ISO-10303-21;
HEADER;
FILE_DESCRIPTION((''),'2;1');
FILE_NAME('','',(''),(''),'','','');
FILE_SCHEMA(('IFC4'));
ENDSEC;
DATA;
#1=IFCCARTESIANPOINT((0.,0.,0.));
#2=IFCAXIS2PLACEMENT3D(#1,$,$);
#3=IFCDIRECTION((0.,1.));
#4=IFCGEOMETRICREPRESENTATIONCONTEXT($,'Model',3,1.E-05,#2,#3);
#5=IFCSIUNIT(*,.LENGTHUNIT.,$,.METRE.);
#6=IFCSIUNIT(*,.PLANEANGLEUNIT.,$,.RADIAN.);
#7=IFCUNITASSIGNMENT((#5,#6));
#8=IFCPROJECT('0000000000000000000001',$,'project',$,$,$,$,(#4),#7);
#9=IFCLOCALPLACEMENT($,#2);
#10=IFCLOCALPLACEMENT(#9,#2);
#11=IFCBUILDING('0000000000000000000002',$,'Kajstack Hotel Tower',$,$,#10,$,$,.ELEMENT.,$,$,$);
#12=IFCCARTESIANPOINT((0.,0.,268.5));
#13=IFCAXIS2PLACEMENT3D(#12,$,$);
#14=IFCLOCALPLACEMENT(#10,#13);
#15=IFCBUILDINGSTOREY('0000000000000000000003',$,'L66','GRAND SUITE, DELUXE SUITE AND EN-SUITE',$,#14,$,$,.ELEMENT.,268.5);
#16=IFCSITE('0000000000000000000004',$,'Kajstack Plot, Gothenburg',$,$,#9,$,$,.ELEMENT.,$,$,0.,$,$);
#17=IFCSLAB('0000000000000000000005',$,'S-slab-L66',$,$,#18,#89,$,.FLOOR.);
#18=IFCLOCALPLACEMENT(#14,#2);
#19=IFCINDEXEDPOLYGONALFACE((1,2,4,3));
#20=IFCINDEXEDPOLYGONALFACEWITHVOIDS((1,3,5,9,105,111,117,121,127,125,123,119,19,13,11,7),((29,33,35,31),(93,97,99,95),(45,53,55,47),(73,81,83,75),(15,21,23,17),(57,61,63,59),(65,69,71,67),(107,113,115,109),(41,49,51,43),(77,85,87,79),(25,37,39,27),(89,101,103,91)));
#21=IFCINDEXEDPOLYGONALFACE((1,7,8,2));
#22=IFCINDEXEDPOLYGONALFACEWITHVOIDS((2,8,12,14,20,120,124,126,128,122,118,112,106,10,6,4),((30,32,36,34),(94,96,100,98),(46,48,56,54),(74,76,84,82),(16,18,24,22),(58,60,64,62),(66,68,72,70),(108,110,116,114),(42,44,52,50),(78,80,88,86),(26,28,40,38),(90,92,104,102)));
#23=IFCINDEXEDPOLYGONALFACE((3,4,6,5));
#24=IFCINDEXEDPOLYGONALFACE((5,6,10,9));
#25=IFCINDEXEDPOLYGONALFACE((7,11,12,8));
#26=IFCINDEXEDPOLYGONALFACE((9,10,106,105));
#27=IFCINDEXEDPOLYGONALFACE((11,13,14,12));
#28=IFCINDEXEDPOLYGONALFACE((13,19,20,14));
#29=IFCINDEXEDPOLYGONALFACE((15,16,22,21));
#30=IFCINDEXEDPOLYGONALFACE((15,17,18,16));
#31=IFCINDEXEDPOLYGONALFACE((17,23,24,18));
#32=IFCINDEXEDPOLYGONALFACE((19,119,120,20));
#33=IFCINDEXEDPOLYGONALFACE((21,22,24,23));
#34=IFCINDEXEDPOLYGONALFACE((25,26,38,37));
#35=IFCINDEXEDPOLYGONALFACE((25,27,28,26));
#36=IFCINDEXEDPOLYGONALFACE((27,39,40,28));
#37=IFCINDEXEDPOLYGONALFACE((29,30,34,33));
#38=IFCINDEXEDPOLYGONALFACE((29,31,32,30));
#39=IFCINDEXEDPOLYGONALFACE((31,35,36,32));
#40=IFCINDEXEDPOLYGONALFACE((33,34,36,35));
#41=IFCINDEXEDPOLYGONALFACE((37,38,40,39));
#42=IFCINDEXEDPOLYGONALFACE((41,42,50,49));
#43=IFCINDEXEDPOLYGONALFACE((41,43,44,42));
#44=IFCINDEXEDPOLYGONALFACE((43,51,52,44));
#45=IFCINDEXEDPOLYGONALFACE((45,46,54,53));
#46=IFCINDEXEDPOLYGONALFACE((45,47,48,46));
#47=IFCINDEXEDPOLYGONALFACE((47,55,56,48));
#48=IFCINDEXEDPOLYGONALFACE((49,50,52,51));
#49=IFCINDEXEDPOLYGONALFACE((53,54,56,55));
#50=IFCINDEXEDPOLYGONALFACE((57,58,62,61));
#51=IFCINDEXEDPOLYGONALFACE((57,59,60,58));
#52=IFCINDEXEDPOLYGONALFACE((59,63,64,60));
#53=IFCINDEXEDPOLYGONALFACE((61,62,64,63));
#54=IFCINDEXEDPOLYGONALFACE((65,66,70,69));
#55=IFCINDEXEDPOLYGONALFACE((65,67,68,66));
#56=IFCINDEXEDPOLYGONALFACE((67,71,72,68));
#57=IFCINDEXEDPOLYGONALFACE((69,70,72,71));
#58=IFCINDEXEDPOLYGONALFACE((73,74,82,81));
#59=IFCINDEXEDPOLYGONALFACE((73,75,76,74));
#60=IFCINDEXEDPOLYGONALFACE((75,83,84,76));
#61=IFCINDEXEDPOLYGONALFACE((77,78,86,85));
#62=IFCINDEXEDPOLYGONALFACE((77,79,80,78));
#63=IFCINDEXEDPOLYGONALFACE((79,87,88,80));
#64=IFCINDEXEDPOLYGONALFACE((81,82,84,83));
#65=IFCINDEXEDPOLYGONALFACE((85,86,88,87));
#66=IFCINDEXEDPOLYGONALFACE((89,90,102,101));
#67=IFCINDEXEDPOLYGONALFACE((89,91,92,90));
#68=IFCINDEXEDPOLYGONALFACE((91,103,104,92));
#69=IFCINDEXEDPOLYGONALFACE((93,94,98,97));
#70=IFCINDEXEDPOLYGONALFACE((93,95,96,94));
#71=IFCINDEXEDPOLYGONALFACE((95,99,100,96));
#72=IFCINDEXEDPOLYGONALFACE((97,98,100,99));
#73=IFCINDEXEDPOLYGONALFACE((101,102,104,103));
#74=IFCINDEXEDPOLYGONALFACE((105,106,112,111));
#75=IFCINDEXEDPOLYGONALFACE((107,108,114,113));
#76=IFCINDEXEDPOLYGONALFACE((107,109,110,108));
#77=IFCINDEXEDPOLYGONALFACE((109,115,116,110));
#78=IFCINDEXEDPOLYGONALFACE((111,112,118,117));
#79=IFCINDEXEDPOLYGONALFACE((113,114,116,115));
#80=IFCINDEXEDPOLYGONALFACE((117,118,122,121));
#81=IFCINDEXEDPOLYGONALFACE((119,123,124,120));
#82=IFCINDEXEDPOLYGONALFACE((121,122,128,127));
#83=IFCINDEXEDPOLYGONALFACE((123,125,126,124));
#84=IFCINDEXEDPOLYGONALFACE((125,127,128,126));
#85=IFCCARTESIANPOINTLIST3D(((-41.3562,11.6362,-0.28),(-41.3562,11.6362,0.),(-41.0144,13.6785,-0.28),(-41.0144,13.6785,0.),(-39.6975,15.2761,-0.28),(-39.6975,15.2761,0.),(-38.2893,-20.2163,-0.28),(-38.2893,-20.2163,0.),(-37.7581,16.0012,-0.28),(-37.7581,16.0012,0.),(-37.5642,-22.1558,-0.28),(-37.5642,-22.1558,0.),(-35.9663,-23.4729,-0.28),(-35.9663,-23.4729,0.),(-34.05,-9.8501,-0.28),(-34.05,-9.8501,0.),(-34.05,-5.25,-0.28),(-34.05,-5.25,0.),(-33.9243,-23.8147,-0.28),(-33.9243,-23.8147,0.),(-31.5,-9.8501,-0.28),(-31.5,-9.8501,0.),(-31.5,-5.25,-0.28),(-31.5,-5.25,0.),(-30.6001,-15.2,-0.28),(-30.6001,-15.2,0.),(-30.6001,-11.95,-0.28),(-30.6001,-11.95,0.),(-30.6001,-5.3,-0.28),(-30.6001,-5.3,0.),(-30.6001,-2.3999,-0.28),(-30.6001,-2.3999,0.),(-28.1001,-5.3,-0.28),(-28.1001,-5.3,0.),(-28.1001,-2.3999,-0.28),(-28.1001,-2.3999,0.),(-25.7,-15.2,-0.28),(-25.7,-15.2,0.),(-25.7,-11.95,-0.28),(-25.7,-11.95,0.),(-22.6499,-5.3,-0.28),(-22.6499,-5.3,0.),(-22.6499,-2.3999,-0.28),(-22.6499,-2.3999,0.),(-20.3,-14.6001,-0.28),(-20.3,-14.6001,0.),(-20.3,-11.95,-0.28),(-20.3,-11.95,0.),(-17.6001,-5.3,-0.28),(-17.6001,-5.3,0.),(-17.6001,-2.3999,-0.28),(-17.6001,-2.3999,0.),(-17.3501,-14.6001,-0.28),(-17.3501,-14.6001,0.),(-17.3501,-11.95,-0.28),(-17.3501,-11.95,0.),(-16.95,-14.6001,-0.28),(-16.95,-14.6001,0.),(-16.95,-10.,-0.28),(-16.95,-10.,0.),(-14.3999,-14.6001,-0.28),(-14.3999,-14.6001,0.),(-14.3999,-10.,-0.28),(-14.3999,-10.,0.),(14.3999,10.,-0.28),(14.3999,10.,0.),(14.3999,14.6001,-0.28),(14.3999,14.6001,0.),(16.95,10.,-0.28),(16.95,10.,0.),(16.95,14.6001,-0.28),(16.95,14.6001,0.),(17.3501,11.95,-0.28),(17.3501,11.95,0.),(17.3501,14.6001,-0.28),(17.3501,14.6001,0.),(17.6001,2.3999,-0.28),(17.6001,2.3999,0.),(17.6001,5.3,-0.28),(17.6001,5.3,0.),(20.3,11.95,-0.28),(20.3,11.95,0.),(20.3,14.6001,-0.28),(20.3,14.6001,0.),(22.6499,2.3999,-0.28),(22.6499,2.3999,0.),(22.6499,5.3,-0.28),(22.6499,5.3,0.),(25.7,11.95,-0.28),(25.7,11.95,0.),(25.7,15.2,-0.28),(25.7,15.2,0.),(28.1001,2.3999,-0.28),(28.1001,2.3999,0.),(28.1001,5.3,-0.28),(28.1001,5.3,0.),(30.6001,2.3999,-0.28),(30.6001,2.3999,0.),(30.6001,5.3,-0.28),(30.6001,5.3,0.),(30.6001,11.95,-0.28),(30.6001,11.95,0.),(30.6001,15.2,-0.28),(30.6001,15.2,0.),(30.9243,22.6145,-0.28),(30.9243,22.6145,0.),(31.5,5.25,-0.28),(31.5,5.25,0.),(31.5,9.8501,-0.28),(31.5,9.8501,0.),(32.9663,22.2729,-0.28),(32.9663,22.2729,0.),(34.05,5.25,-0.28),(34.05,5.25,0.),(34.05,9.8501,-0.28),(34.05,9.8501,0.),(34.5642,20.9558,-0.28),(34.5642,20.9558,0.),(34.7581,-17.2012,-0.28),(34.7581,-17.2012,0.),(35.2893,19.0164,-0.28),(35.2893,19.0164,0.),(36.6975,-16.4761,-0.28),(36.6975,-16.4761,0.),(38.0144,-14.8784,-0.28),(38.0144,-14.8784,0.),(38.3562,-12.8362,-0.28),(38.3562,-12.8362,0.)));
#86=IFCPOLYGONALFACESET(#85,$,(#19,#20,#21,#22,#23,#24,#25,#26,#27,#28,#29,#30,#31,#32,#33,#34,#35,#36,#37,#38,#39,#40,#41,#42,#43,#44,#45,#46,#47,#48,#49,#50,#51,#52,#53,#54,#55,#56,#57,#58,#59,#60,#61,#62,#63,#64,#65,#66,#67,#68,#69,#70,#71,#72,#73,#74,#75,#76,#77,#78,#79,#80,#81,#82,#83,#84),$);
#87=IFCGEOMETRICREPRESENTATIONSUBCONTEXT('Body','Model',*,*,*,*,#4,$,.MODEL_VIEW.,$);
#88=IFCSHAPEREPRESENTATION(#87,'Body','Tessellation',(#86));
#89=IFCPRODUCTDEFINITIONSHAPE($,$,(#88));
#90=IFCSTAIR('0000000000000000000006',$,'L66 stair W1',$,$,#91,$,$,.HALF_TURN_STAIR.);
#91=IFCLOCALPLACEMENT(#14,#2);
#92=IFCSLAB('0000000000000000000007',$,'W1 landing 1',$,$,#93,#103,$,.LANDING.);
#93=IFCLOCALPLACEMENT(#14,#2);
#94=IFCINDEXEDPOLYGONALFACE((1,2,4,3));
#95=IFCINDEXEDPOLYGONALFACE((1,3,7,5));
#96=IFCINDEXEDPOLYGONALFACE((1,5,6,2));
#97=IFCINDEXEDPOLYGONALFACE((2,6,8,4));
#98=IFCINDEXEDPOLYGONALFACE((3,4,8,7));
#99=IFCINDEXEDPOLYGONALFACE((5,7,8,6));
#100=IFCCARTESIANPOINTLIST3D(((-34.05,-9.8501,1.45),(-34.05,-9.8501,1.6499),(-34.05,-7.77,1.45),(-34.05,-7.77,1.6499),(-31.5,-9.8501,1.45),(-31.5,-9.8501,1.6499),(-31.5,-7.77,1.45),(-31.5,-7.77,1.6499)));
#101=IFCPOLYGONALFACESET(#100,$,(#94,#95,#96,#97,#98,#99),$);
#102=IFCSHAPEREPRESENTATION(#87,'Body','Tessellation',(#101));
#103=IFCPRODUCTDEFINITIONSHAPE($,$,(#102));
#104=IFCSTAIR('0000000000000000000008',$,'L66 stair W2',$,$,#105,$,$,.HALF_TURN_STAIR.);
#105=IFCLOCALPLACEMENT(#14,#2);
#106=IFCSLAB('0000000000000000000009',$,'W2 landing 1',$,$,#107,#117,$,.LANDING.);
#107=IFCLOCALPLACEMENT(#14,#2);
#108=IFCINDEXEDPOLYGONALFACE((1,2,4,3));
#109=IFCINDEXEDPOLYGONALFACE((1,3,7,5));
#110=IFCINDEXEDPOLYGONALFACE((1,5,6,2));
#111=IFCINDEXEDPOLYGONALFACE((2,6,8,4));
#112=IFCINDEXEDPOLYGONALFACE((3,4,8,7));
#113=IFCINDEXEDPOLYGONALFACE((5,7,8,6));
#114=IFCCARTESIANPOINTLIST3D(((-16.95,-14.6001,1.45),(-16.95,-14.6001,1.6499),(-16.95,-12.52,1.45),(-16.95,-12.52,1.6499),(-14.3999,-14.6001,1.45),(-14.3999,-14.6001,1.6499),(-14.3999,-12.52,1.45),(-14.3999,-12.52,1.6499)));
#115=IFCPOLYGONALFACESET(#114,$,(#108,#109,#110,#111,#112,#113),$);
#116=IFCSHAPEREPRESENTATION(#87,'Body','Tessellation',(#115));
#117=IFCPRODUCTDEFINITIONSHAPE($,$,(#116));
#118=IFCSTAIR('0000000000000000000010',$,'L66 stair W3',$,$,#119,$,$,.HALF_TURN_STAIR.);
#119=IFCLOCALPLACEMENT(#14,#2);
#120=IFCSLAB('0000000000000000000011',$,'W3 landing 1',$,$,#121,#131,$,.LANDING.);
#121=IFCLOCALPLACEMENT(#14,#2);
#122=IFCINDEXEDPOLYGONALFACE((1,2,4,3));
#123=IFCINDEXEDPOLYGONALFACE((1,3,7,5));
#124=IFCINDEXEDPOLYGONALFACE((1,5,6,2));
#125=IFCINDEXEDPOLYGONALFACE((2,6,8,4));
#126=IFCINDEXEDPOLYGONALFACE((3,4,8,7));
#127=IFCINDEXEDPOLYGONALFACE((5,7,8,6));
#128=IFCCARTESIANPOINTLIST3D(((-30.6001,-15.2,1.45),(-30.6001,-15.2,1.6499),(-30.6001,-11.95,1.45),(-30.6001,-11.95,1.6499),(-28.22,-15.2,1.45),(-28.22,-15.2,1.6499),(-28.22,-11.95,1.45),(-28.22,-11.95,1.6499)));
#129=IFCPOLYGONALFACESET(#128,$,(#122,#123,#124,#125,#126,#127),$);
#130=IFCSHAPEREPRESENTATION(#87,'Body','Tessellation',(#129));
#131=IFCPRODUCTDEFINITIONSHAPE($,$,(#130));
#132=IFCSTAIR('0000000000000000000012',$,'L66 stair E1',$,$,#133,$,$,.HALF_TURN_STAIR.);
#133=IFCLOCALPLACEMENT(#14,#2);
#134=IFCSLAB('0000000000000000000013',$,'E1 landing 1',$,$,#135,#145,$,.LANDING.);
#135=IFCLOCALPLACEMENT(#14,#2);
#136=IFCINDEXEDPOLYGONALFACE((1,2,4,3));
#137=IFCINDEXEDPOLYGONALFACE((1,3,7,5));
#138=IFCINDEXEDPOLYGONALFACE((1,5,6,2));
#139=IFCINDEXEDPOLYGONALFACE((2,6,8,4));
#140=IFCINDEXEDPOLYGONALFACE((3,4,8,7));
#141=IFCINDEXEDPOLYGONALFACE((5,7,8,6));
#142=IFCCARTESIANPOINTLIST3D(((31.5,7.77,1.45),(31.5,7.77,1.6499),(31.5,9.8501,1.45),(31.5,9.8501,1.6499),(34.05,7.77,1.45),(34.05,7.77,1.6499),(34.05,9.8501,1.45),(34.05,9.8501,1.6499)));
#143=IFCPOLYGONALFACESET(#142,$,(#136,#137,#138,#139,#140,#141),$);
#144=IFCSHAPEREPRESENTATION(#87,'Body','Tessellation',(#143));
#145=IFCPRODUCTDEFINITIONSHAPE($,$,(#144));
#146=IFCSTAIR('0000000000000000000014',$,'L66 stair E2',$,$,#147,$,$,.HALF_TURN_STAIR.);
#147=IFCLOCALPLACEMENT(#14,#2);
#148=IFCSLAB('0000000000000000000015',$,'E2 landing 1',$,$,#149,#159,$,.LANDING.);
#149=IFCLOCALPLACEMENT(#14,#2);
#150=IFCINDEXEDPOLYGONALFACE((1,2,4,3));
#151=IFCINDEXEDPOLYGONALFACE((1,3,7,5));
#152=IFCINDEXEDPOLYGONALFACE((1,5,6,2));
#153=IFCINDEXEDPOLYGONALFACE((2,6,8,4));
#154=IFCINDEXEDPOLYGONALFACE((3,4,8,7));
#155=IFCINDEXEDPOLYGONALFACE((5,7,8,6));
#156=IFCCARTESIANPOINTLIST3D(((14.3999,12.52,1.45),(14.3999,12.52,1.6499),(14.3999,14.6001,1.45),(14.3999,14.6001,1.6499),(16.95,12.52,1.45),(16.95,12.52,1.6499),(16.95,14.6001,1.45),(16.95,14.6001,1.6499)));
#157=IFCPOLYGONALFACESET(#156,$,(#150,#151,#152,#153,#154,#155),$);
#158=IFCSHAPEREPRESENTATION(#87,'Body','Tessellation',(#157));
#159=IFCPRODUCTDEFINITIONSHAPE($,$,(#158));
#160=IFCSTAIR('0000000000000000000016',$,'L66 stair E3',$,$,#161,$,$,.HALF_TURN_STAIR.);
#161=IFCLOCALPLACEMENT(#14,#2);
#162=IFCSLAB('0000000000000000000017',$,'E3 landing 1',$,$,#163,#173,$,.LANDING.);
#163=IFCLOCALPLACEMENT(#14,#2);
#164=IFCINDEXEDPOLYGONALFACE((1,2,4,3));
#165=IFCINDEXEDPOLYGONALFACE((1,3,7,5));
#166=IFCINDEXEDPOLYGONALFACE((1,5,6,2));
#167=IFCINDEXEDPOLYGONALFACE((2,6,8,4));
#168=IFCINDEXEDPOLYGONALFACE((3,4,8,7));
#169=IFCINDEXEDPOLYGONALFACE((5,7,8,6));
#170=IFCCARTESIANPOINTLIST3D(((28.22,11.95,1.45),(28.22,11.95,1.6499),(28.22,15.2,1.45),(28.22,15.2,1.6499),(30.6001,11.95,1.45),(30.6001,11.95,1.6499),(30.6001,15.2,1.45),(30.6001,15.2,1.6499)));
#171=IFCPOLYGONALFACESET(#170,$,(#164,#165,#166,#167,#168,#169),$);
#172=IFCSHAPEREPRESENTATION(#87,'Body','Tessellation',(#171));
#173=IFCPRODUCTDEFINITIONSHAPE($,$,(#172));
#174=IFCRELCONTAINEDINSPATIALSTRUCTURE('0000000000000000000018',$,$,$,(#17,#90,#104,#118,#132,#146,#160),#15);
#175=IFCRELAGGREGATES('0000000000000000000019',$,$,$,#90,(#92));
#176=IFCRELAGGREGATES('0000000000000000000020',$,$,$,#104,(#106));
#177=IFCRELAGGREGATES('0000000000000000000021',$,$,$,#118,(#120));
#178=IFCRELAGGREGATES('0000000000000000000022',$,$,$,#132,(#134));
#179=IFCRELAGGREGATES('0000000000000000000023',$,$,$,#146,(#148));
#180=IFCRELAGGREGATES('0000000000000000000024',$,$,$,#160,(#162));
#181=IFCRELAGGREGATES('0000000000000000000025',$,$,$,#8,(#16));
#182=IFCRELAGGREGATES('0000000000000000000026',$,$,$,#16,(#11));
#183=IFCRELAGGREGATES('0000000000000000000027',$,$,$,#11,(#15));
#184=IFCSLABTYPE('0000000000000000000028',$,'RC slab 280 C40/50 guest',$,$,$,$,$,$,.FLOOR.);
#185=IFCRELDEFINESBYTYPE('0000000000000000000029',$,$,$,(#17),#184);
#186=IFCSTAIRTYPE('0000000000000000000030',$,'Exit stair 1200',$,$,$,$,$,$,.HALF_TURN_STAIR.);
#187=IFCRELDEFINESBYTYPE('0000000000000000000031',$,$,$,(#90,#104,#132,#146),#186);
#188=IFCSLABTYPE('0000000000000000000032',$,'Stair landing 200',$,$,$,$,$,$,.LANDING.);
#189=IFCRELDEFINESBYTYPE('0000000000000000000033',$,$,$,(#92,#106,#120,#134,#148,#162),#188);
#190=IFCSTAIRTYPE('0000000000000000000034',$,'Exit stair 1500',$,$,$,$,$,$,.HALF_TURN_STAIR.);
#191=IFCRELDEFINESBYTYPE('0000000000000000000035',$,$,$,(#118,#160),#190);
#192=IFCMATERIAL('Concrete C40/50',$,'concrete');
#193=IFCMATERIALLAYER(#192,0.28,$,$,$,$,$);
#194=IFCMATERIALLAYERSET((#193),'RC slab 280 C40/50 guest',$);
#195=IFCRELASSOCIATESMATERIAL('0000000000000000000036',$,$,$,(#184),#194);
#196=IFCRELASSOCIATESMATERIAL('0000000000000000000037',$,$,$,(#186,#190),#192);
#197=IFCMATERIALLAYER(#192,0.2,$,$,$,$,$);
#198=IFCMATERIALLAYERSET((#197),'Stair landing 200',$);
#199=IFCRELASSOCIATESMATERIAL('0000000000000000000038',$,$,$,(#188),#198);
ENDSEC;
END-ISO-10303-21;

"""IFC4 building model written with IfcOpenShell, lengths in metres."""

from ifc_helpers import new_model, si_unit, direction, frame, origin, place, context, subcontext, project, spatial, polyline, outline, extrude, material, layer, layer_set, type_object, element, aggregate, save


model = new_model("IFC4")

# Units and contexts
model_context = context("Model", 3, precision=1e-05, world=origin(), true_north=direction((0.0, 1.0)))
body_context = subcontext(model_context, "Body", "Model", "MODEL_VIEW")
ifc_project = project(units=[si_unit("LENGTHUNIT", "METRE"), si_unit("PLANEANGLEUNIT", "RADIAN")], contexts=[model_context])

# Site, building, storey
site_placement = place(None, origin())
site = spatial("IfcSite", under=ifc_project, at=site_placement, Name="Kajstack Plot, Gothenburg", CompositionType="ELEMENT", RefElevation=0.0)
building_placement = place(site_placement, origin())
building = spatial("IfcBuilding", under=site, at=building_placement, Name="Kajstack Hotel Tower", CompositionType="ELEMENT")
storey_placement = place(building_placement, frame((0.0, 0.0, 268.5)))
storey = spatial("IfcBuildingStorey", under=building, at=storey_placement, Name="L66", Description="GRAND SUITE, DELUXE SUITE AND EN-SUITE", CompositionType="ELEMENT", Elevation=268.5)

# Slab
ifc_material_1 = material(Name="Concrete C40/50", Category="concrete")
ifc_layer_1 = layer(ifc_material_1, 0.28)
ifc_layer_set_1 = layer_set([ifc_layer_1], Name="RC slab 280 C40/50 guest")
slab_type_1 = type_object("IfcSlabType", Name="RC slab 280 C40/50 guest", PredefinedType="FLOOR", material=ifc_layer_set_1)
slab_1_placement = place(storey_placement, frame((0.0, 0.0, -0.28)))
element("IfcSlab", 1, at=slab_1_placement, inside=storey, type_object=slab_type_1, Name="S-slab-L66", PredefinedType="FLOOR", context=body_context, shape_type="SweptSolid", body=[
    extrude(outline(polyline([(-41.3562, 11.6362), (-38.2893, -20.2163), (-37.5642, -22.1558), (-35.9663, -23.4729), (-33.9243, -23.8147), (34.7581, -17.2012), (36.6975, -16.4761), (38.0144, -14.8784), (38.3562, -12.8362), (35.2893, 19.0164), (34.5642, 20.9558), (32.9663, 22.2729), (30.9243, 22.6145), (-37.7581, 16.0012), (-39.6975, 15.2761), (-41.0144, 13.6785), (-41.3562, 11.6362)]), holes=[polyline([(-22.6499, -5.3), (-22.6499, -2.3999), (-17.6001, -2.3999), (-17.6001, -5.3), (-22.6499, -5.3)]), polyline([(-20.3, -14.6001), (-17.3501, -14.6001), (-17.3501, -11.95), (-20.3, -11.95), (-20.3, -14.6001)]), polyline([(-30.6001, -5.3), (-28.1001, -5.3), (-28.1001, -2.3999), (-30.6001, -2.3999), (-30.6001, -5.3)]), polyline([(17.6001, 2.3999), (17.6001, 5.3), (22.6499, 5.3), (22.6499, 2.3999), (17.6001, 2.3999)]), polyline([(20.3, 14.6001), (17.3501, 14.6001), (17.3501, 11.95), (20.3, 11.95), (20.3, 14.6001)]), polyline([(30.6001, 5.3), (28.1001, 5.3), (28.1001, 2.3999), (30.6001, 2.3999), (30.6001, 5.3)]), polyline([(-34.05, -9.8501), (-31.5, -9.8501), (-31.5, -5.25), (-34.05, -5.25), (-34.05, -9.8501)]), polyline([(-16.95, -14.6001), (-14.3999, -14.6001), (-14.3999, -10.0), (-16.95, -10.0), (-16.95, -14.6001)]), polyline([(-30.6001, -15.2), (-25.7, -15.2), (-25.7, -11.95), (-30.6001, -11.95), (-30.6001, -15.2)]), polyline([(34.05, 9.8501), (31.5, 9.8501), (31.5, 5.25), (34.05, 5.25), (34.05, 9.8501)]), polyline([(16.95, 14.6001), (14.3999, 14.6001), (14.3999, 10.0), (16.95, 10.0), (16.95, 14.6001)]), polyline([(30.6001, 15.2), (25.7, 15.2), (25.7, 11.95), (30.6001, 11.95), (30.6001, 15.2)])]), origin(), (0.0, 0.0, 1.0), 0.28),
])

# Stairs, slabs
stair_type_1 = type_object("IfcStairType", Name="Exit stair 1200", PredefinedType="HALF_TURN_STAIR", material=ifc_material_1)
stair_1_placement = place(storey_placement, origin())
stair_1 = element("IfcStair", 2, at=stair_1_placement, inside=storey, type_object=stair_type_1, Name="L66 stair W1", PredefinedType="HALF_TURN_STAIR")
ifc_layer_2 = layer(ifc_material_1, 0.2)
ifc_layer_set_2 = layer_set([ifc_layer_2], Name="Stair landing 200")
slab_type_2 = type_object("IfcSlabType", Name="Stair landing 200", PredefinedType="LANDING", material=ifc_layer_set_2)
slab_2_placement = place(storey_placement, frame((0.0, 0.0, 1.45)))
slab_2 = element("IfcSlab", 3, at=slab_2_placement, type_object=slab_type_2, Name="W1 landing 1", PredefinedType="LANDING", context=body_context, shape_type="SweptSolid", body=[
    extrude(outline(polyline([(-34.05, -7.77), (-34.05, -9.8501), (-31.5, -9.8501), (-31.5, -7.77), (-34.05, -7.77)])), origin(), (0.0, 0.0, 1.0), 0.2),
])
aggregate(stair_1, [slab_2])
stair_2_placement = place(storey_placement, origin())
stair_2 = element("IfcStair", 4, at=stair_2_placement, inside=storey, type_object=stair_type_1, Name="L66 stair W2", PredefinedType="HALF_TURN_STAIR")
slab_3_placement = place(storey_placement, frame((0.0, 0.0, 1.45)))
slab_3 = element("IfcSlab", 5, at=slab_3_placement, type_object=slab_type_2, Name="W2 landing 1", PredefinedType="LANDING", context=body_context, shape_type="SweptSolid", body=[
    extrude(outline(polyline([(-16.95, -12.52), (-16.95, -14.6001), (-14.3999, -14.6001), (-14.3999, -12.52), (-16.95, -12.52)])), origin(), (0.0, 0.0, 1.0), 0.2),
])
aggregate(stair_2, [slab_3])
stair_type_2 = type_object("IfcStairType", Name="Exit stair 1500", PredefinedType="HALF_TURN_STAIR", material=ifc_material_1)
stair_3_placement = place(storey_placement, origin())
stair_3 = element("IfcStair", 6, at=stair_3_placement, inside=storey, type_object=stair_type_2, Name="L66 stair W3", PredefinedType="HALF_TURN_STAIR")
slab_4_placement = place(storey_placement, frame((0.0, 0.0, 1.45)))
slab_4 = element("IfcSlab", 7, at=slab_4_placement, type_object=slab_type_2, Name="W3 landing 1", PredefinedType="LANDING", context=body_context, shape_type="SweptSolid", body=[
    extrude(outline(polyline([(-28.22, -11.95), (-30.6001, -11.95), (-30.6001, -15.2), (-28.22, -15.2), (-28.22, -11.95)])), origin(), (0.0, 0.0, 1.0), 0.2),
])
aggregate(stair_3, [slab_4])
stair_4_placement = place(storey_placement, origin())
stair_4 = element("IfcStair", 8, at=stair_4_placement, inside=storey, type_object=stair_type_1, Name="L66 stair E1", PredefinedType="HALF_TURN_STAIR")
slab_5_placement = place(storey_placement, frame((0.0, 0.0, 1.45)))
slab_5 = element("IfcSlab", 9, at=slab_5_placement, type_object=slab_type_2, Name="E1 landing 1", PredefinedType="LANDING", context=body_context, shape_type="SweptSolid", body=[
    extrude(outline(polyline([(34.05, 7.77), (34.05, 9.8501), (31.5, 9.8501), (31.5, 7.77), (34.05, 7.77)])), origin(), (0.0, 0.0, 1.0), 0.2),
])
aggregate(stair_4, [slab_5])
stair_5_placement = place(storey_placement, origin())
stair_5 = element("IfcStair", 10, at=stair_5_placement, inside=storey, type_object=stair_type_1, Name="L66 stair E2", PredefinedType="HALF_TURN_STAIR")
slab_6_placement = place(storey_placement, frame((0.0, 0.0, 1.45)))
slab_6 = element("IfcSlab", 11, at=slab_6_placement, type_object=slab_type_2, Name="E2 landing 1", PredefinedType="LANDING", context=body_context, shape_type="SweptSolid", body=[
    extrude(outline(polyline([(16.95, 12.52), (16.95, 14.6001), (14.3999, 14.6001), (14.3999, 12.52), (16.95, 12.52)])), origin(), (0.0, 0.0, 1.0), 0.2),
])
aggregate(stair_5, [slab_6])
stair_6_placement = place(storey_placement, origin())
stair_6 = element("IfcStair", 12, at=stair_6_placement, inside=storey, type_object=stair_type_2, Name="L66 stair E3", PredefinedType="HALF_TURN_STAIR")
slab_7_placement = place(storey_placement, frame((0.0, 0.0, 1.45)))
slab_7 = element("IfcSlab", 13, at=slab_7_placement, type_object=slab_type_2, Name="E3 landing 1", PredefinedType="LANDING", context=body_context, shape_type="SweptSolid", body=[
    extrude(outline(polyline([(28.22, 11.95), (30.6001, 11.95), (30.6001, 15.2), (28.22, 15.2), (28.22, 11.95)])), origin(), (0.0, 0.0, 1.0), 0.2),
])
aggregate(stair_6, [slab_7])

save(model, "model.ifc")
